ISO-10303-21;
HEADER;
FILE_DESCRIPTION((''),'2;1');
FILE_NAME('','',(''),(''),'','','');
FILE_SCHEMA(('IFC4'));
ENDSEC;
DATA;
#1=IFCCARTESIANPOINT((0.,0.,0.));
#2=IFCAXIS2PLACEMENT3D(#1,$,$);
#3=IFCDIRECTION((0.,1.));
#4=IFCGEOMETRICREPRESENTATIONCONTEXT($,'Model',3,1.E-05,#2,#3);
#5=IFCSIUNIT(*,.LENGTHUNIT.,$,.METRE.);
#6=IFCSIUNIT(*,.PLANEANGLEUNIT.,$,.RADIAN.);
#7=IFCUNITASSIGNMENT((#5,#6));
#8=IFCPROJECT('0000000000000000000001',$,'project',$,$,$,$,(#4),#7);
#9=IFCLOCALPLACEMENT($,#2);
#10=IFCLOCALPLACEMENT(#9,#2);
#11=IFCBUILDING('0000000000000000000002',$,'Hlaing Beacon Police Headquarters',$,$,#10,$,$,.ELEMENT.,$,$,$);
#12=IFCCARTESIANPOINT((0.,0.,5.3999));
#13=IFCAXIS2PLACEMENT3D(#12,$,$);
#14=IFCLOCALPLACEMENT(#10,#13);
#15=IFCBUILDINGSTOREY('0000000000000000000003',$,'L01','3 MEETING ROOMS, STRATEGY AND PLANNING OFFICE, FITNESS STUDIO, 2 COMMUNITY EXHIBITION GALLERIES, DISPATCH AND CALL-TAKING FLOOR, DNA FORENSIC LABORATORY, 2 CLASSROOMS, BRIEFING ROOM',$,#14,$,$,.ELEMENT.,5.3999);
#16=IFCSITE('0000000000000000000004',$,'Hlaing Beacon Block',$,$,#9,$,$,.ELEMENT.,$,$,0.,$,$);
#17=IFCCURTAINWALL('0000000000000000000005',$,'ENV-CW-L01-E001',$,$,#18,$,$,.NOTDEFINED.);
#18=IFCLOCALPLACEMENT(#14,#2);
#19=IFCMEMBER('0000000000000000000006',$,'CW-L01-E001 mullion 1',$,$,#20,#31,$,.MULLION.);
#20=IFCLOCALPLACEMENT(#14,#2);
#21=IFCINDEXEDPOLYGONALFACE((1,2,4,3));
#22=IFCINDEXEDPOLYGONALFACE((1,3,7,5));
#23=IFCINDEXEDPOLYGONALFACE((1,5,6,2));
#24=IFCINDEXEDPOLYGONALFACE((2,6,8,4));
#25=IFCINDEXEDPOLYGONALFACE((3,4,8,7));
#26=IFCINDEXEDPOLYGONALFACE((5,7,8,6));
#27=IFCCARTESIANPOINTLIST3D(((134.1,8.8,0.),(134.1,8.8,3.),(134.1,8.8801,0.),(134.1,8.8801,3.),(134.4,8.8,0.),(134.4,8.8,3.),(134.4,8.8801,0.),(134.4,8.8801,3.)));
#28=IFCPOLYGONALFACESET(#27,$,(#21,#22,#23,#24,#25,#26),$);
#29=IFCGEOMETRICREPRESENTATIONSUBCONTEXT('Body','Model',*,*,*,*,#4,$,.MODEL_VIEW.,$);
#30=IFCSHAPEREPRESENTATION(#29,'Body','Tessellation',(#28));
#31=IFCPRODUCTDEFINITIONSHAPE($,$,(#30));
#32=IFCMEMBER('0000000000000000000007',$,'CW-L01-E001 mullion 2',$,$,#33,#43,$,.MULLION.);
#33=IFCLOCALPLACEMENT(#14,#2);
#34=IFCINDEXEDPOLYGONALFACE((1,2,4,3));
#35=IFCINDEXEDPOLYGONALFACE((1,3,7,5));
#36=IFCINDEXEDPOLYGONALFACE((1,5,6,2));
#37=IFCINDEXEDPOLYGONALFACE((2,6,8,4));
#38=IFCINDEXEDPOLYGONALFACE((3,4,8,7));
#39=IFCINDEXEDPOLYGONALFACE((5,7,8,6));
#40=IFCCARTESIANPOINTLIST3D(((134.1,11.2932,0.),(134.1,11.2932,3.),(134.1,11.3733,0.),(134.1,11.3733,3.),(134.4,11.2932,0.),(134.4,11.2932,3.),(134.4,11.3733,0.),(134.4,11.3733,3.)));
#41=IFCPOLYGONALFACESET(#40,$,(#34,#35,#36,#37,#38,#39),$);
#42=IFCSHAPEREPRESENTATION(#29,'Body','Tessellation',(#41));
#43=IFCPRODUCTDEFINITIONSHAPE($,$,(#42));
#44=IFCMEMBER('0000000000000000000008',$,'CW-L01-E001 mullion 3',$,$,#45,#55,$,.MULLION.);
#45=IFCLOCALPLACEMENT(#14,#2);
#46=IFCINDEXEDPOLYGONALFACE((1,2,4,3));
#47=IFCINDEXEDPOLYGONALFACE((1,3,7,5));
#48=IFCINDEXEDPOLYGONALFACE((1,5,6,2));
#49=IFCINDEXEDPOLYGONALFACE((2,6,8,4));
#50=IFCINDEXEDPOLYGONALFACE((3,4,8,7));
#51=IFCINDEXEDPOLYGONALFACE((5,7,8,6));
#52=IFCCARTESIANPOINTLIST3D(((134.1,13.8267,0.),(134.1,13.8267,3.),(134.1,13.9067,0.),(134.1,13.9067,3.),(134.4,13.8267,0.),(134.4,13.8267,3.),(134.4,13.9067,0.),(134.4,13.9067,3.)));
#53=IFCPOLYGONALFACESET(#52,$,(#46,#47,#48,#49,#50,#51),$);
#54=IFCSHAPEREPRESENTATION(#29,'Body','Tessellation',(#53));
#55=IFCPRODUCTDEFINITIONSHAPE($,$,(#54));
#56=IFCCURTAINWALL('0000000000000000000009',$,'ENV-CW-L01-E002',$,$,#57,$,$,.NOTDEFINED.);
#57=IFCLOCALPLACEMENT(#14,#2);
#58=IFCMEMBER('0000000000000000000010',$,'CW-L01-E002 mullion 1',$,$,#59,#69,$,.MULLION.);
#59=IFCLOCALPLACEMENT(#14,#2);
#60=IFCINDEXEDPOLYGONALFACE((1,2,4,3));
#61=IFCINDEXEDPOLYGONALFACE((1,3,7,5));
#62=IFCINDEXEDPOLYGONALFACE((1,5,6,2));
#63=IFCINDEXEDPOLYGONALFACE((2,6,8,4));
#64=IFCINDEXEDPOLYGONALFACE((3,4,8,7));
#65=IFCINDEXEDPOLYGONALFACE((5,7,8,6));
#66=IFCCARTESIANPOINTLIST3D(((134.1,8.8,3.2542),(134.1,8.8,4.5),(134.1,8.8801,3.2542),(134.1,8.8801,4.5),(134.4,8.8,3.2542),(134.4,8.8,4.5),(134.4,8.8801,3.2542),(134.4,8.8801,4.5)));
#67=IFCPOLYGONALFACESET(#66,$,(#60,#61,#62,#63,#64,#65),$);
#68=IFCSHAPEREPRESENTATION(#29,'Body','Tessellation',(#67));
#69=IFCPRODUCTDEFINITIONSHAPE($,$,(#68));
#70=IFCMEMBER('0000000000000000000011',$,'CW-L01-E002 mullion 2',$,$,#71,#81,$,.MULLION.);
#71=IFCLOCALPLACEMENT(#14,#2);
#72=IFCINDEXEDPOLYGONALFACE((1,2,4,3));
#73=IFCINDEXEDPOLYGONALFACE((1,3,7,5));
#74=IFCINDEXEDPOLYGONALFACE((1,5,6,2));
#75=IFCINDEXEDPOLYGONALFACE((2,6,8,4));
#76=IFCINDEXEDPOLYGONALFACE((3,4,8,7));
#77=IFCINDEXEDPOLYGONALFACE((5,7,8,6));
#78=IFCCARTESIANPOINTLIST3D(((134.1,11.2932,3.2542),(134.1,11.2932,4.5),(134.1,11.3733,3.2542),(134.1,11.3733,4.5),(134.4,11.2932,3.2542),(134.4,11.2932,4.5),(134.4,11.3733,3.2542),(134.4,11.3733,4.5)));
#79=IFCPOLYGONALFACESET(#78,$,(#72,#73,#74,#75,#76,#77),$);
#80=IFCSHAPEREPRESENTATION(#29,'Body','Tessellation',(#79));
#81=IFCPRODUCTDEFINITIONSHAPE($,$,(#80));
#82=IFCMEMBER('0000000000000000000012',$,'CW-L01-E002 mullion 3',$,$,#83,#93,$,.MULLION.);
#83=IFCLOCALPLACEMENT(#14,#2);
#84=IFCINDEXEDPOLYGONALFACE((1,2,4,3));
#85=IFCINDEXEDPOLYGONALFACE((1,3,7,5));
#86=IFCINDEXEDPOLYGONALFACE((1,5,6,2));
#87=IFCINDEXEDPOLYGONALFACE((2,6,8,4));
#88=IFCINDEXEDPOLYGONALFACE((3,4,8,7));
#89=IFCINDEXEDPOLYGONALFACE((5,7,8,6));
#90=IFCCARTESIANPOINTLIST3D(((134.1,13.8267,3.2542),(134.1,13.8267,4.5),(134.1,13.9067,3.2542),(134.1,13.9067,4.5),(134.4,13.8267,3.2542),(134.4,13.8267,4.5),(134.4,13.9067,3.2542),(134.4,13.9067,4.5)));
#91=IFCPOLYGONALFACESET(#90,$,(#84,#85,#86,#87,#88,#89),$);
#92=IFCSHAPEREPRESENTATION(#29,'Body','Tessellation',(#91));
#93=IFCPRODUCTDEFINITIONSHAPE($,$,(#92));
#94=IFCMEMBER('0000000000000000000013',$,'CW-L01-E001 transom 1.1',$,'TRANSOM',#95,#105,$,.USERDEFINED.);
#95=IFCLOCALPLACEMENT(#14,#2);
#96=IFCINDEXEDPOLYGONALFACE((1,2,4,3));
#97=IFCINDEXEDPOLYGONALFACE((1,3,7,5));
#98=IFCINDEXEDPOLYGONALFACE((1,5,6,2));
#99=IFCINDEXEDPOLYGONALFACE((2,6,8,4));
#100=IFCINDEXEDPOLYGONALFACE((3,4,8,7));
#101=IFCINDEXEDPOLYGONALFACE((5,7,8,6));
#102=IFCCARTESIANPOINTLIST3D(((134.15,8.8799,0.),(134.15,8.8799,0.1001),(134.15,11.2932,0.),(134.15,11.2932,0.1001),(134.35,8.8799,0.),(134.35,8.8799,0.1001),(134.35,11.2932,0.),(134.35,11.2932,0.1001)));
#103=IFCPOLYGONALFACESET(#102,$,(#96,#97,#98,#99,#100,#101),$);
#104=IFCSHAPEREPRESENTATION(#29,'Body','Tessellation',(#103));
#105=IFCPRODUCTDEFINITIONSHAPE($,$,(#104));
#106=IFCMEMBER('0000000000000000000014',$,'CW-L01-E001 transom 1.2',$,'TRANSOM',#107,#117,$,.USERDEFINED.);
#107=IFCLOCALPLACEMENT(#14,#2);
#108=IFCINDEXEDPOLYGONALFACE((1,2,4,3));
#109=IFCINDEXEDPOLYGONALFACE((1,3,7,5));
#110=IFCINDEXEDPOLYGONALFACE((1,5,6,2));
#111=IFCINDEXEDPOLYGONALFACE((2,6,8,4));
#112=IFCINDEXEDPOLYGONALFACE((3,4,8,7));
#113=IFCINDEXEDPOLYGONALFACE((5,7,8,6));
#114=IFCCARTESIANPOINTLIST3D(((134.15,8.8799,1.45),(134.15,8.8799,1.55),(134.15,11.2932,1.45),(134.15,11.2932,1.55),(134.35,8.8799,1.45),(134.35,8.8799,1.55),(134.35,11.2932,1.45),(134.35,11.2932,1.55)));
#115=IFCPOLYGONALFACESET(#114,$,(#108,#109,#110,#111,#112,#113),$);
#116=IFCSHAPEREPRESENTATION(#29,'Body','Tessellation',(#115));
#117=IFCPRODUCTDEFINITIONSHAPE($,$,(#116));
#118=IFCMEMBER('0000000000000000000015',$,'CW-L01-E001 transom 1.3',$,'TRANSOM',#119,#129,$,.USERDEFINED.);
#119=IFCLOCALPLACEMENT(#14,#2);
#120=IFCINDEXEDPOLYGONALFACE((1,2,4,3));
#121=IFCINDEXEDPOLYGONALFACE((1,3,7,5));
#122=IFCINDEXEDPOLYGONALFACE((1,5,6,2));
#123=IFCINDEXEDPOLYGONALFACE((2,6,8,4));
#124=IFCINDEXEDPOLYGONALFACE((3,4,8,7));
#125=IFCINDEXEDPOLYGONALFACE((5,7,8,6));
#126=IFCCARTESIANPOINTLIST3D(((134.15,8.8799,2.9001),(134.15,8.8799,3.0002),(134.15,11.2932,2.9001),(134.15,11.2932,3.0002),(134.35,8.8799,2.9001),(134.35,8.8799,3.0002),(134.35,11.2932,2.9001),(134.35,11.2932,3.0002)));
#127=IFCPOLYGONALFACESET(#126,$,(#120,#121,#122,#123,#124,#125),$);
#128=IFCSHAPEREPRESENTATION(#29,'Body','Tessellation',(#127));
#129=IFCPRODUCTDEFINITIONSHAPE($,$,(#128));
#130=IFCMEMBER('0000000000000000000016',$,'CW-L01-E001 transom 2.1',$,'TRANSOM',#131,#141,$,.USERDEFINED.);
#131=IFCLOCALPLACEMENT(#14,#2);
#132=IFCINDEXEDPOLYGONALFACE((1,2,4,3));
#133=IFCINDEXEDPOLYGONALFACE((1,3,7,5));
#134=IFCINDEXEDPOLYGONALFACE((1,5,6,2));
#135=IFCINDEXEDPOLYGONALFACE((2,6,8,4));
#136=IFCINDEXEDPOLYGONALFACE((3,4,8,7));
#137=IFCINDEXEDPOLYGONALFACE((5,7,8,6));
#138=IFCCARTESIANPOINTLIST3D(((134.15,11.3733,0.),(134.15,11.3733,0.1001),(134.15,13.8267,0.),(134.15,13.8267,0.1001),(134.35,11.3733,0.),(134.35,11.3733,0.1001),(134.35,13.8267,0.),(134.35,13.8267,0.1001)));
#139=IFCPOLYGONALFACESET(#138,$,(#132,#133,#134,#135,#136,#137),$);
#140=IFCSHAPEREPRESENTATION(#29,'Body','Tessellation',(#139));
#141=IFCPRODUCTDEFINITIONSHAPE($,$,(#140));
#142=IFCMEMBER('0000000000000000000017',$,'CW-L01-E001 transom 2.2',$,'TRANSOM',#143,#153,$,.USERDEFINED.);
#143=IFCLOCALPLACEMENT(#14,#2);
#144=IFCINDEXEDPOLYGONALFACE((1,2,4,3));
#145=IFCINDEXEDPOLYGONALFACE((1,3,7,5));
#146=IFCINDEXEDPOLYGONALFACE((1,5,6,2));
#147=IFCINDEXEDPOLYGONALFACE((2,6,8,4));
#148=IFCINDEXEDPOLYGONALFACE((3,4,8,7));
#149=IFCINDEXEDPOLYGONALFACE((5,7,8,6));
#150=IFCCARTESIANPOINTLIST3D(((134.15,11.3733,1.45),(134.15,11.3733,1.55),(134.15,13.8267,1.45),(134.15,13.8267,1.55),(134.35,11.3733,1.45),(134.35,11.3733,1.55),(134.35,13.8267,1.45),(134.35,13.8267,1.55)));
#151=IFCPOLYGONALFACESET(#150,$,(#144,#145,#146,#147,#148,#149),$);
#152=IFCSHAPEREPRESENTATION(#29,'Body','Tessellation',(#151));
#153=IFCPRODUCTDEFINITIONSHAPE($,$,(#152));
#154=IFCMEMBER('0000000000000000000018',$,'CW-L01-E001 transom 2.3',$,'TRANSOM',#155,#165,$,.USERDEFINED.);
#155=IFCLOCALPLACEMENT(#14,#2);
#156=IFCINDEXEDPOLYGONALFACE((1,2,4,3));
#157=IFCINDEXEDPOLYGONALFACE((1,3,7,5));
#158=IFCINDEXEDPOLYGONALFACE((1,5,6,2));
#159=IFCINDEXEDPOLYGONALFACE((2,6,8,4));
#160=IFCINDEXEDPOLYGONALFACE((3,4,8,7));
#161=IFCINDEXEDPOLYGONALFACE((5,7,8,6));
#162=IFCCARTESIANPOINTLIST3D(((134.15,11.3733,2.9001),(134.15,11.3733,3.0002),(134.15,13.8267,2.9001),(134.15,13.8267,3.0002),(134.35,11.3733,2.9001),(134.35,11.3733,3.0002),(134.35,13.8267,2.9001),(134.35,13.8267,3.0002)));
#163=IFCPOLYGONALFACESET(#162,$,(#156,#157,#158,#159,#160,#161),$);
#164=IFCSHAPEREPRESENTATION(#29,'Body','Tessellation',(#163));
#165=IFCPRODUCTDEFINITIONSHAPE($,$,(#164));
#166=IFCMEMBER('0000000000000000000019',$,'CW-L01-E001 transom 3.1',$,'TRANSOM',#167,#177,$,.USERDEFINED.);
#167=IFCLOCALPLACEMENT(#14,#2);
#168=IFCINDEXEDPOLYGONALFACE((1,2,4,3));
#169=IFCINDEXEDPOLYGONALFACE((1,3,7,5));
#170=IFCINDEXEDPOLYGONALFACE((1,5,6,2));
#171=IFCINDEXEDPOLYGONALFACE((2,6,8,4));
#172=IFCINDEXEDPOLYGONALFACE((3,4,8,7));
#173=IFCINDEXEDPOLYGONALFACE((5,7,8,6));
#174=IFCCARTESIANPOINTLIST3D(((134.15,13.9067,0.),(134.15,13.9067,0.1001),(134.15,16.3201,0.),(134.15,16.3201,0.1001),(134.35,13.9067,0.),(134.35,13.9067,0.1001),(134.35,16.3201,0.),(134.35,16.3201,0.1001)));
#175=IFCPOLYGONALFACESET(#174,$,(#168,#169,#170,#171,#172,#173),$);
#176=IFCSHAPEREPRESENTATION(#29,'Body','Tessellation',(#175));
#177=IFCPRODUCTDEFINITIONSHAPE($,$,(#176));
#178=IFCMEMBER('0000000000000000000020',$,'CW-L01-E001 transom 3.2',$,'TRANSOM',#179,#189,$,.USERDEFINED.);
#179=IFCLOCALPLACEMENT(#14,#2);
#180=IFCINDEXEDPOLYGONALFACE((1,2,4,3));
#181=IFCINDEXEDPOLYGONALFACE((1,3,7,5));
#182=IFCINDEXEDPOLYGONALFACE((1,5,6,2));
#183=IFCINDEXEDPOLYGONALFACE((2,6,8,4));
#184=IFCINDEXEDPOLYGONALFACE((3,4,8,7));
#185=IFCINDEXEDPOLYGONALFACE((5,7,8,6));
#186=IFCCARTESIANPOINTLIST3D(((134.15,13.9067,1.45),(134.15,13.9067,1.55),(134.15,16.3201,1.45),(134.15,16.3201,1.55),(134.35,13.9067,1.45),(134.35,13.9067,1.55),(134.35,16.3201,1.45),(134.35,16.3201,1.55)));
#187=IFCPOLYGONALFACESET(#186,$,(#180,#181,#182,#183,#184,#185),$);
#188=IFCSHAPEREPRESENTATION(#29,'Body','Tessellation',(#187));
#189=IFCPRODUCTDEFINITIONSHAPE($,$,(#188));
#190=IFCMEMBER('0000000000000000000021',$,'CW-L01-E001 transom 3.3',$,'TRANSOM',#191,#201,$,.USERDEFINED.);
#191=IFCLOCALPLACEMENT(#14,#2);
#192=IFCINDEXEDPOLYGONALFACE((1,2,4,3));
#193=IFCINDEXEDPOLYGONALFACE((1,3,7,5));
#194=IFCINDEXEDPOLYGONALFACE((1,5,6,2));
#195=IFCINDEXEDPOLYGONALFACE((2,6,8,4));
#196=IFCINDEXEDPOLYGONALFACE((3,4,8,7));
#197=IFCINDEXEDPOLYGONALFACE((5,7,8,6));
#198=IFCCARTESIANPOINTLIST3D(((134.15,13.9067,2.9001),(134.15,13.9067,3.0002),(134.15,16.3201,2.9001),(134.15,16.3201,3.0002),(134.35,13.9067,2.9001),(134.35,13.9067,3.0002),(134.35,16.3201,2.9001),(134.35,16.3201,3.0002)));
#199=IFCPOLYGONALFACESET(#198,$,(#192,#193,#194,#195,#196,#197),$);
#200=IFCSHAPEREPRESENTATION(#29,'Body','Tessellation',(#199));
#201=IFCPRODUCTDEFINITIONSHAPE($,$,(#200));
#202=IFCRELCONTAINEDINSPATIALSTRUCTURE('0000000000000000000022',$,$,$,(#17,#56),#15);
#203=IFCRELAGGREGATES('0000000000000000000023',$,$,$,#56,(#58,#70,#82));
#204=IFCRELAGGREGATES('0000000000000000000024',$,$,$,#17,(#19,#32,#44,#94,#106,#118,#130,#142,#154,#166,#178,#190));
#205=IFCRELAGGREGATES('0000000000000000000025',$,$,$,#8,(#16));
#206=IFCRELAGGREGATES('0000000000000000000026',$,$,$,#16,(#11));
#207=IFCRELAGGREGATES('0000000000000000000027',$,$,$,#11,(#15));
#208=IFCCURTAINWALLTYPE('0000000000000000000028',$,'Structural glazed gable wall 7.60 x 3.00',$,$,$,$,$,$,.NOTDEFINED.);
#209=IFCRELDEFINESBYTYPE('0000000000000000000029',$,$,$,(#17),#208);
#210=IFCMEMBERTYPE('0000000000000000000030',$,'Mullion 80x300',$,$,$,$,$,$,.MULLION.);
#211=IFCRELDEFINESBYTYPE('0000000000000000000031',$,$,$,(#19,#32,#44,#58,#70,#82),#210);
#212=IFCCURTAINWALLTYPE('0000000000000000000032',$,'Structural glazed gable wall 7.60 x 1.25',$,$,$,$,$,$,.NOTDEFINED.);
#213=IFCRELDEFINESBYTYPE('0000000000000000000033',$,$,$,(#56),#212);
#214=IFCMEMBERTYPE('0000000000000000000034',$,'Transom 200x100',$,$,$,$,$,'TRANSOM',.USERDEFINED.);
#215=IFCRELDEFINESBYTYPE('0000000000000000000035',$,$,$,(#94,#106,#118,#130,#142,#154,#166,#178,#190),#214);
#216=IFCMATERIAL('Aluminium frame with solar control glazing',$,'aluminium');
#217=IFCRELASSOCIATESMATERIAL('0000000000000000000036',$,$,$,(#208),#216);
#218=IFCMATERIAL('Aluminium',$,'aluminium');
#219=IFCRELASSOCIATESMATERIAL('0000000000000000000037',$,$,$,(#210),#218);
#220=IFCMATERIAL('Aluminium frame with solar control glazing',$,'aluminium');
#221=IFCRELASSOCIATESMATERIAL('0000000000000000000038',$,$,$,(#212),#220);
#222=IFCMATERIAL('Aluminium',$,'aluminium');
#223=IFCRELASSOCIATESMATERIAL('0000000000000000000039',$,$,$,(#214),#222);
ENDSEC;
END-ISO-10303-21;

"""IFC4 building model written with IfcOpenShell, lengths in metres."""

from ifc_helpers import new_model, si_unit, direction, frame, origin, origin_2d, place, context, subcontext, project, spatial, rectangle, extrude, material, material_profile, profile_set, type_object, element, aggregate, save


model = new_model("IFC4")

# Units and contexts
model_context = context("Model", 3, precision=1e-05, world=origin(), true_north=direction((0.0, 1.0)))
body_context = subcontext(model_context, "Body", "Model", "MODEL_VIEW")
ifc_project = project(units=[si_unit("LENGTHUNIT", "METRE"), si_unit("PLANEANGLEUNIT", "RADIAN")], contexts=[model_context])

# Site, building, storey
site_placement = place(None, origin())
site = spatial("IfcSite", under=ifc_project, at=site_placement, Name="Hlaing Beacon Block", CompositionType="ELEMENT", RefElevation=0.0)
building_placement = place(site_placement, origin())
building = spatial("IfcBuilding", under=site, at=building_placement, Name="Hlaing Beacon Police Headquarters", CompositionType="ELEMENT")
storey_placement = place(building_placement, frame((0.0, 0.0, 5.3999)))
storey = spatial("IfcBuildingStorey", under=building, at=storey_placement, Name="L01", Description="3 MEETING ROOMS, STRATEGY AND PLANNING OFFICE, FITNESS STUDIO, 2 COMMUNITY EXHIBITION GALLERIES, DISPATCH AND CALL-TAKING FLOOR, DNA FORENSIC LABORATORY, 2 CLASSROOMS, BRIEFING ROOM", CompositionType="ELEMENT", Elevation=5.3999)

# Curtain walls, members
ifc_material_1 = material(Name="Aluminium frame with solar control glazing", Category="aluminium")
curtain_wall_type_1 = type_object("IfcCurtainWallType", Name="Structural glazed gable wall 7.60 x 3.00", PredefinedType="NOTDEFINED", material=ifc_material_1)
curtain_wall_1_placement = place(storey_placement, origin())
curtain_wall_1 = element("IfcCurtainWall", 1, at=curtain_wall_1_placement, inside=storey, type_object=curtain_wall_type_1, Name="ENV-CW-L01-E001", PredefinedType="NOTDEFINED")
ifc_material_2 = material(Name="Aluminium", Category="aluminium")
ifc_material_profile_1 = material_profile(ifc_material_2, rectangle(XDim=0.3, YDim=0.0801, at=origin_2d()), Name="Mullion 80x300")
ifc_profile_set_1 = profile_set([ifc_material_profile_1], Name="Aluminium")
member_type_1 = type_object("IfcMemberType", Name="Mullion 80x300", PredefinedType="MULLION", material=ifc_profile_set_1)
member_1_placement = place(storey_placement, frame((134.25, 8.8401, 0.0), z_axis=(0.0, 0.0, 1.0), x_axis=(-1.0, 0.0, 0.0)))
member_1 = element("IfcMember", 2, at=member_1_placement, type_object=member_type_1, Name="CW-L01-E001 mullion 1", PredefinedType="MULLION", context=body_context, shape_type="SweptSolid", body=[
    extrude(rectangle(XDim=0.3, YDim=0.0801, at=origin_2d()), origin(), (0.0, 0.0, 1.0), 3.0),
])
member_2_placement = place(storey_placement, frame((134.25, 11.3333, 0.0), z_axis=(0.0, 0.0, 1.0), x_axis=(-1.0, 0.0, 0.0)))
member_2 = element("IfcMember", 3, at=member_2_placement, type_object=member_type_1, Name="CW-L01-E001 mullion 2", PredefinedType="MULLION", context=body_context, shape_type="SweptSolid", body=[
    extrude(rectangle(XDim=0.3, YDim=0.0801, at=origin_2d()), origin(), (0.0, 0.0, 1.0), 3.0),
])
member_3_placement = place(storey_placement, frame((134.25, 13.8667, 0.0), z_axis=(0.0, 0.0, 1.0), x_axis=(-1.0, 0.0, 0.0)))
member_3 = element("IfcMember", 4, at=member_3_placement, type_object=member_type_1, Name="CW-L01-E001 mullion 3", PredefinedType="MULLION", context=body_context, shape_type="SweptSolid", body=[
    extrude(rectangle(XDim=0.3, YDim=0.0801, at=origin_2d()), origin(), (0.0, 0.0, 1.0), 3.0),
])
ifc_material_3 = material(Name="Aluminium frame with solar control glazing", Category="aluminium")
curtain_wall_type_2 = type_object("IfcCurtainWallType", Name="Structural glazed gable wall 7.60 x 1.25", PredefinedType="NOTDEFINED", material=ifc_material_3)
curtain_wall_2_placement = place(storey_placement, origin())
curtain_wall_2 = element("IfcCurtainWall", 5, at=curtain_wall_2_placement, inside=storey, type_object=curtain_wall_type_2, Name="ENV-CW-L01-E002", PredefinedType="NOTDEFINED")
member_4_placement = place(storey_placement, frame((134.25, 8.8401, 3.2542), z_axis=(0.0, 0.0, 1.0), x_axis=(-1.0, 0.0, 0.0)))
member_4 = element("IfcMember", 6, at=member_4_placement, type_object=member_type_1, Name="CW-L01-E002 mullion 1", PredefinedType="MULLION", context=body_context, shape_type="SweptSolid", body=[
    extrude(rectangle(XDim=0.3, YDim=0.0801, at=origin_2d()), origin(), (0.0, 0.0, 1.0), 1.2458),
])
member_5_placement = place(storey_placement, frame((134.25, 11.3333, 3.2542), z_axis=(0.0, 0.0, 1.0), x_axis=(-1.0, 0.0, 0.0)))
member_5 = element("IfcMember", 7, at=member_5_placement, type_object=member_type_1, Name="CW-L01-E002 mullion 2", PredefinedType="MULLION", context=body_context, shape_type="SweptSolid", body=[
    extrude(rectangle(XDim=0.3, YDim=0.0801, at=origin_2d()), origin(), (0.0, 0.0, 1.0), 1.2458),
])
member_6_placement = place(storey_placement, frame((134.25, 13.8667, 3.2542), z_axis=(0.0, 0.0, 1.0), x_axis=(-1.0, 0.0, 0.0)))
member_6 = element("IfcMember", 8, at=member_6_placement, type_object=member_type_1, Name="CW-L01-E002 mullion 3", PredefinedType="MULLION", context=body_context, shape_type="SweptSolid", body=[
    extrude(rectangle(XDim=0.3, YDim=0.0801, at=origin_2d()), origin(), (0.0, 0.0, 1.0), 1.2458),
])

# Members
ifc_material_4 = material(Name="Aluminium", Category="aluminium")
ifc_material_profile_2 = material_profile(ifc_material_4, rectangle(XDim=0.2, YDim=0.1001, at=origin_2d()), Name="Transom 200x100")
ifc_profile_set_2 = profile_set([ifc_material_profile_2], Name="Aluminium")
member_type_2 = type_object("IfcMemberType", Name="Transom 200x100", ElementType="TRANSOM", PredefinedType="USERDEFINED", material=ifc_profile_set_2)
member_7_placement = place(storey_placement, frame((134.25, 8.8799, 0.05), z_axis=(0.0, 1.0, 0.0), x_axis=(-1.0, 0.0, 0.0)))
member_7 = element("IfcMember", 9, at=member_7_placement, type_object=member_type_2, Name="CW-L01-E001 transom 1.1", ObjectType="TRANSOM", PredefinedType="USERDEFINED", context=body_context, shape_type="SweptSolid", body=[
    extrude(rectangle(XDim=0.2, YDim=0.1001, at=origin_2d()), origin(), (0.0, 0.0, 1.0), 2.4133),
])
member_8_placement = place(storey_placement, frame((134.25, 8.8799, 1.5), z_axis=(0.0, 1.0, 0.0), x_axis=(-1.0, 0.0, 0.0)))
member_8 = element("IfcMember", 10, at=member_8_placement, type_object=member_type_2, Name="CW-L01-E001 transom 1.2", ObjectType="TRANSOM", PredefinedType="USERDEFINED", context=body_context, shape_type="SweptSolid", body=[
    extrude(rectangle(XDim=0.2, YDim=0.1001, at=origin_2d()), origin(), (0.0, 0.0, 1.0), 2.4133),
])
member_9_placement = place(storey_placement, frame((134.25, 8.8799, 2.9502), z_axis=(0.0, 1.0, 0.0), x_axis=(-1.0, 0.0, 0.0)))
member_9 = element("IfcMember", 11, at=member_9_placement, type_object=member_type_2, Name="CW-L01-E001 transom 1.3", ObjectType="TRANSOM", PredefinedType="USERDEFINED", context=body_context, shape_type="SweptSolid", body=[
    extrude(rectangle(XDim=0.2, YDim=0.1001, at=origin_2d()), origin(), (0.0, 0.0, 1.0), 2.4133),
])
member_10_placement = place(storey_placement, frame((134.25, 11.3733, 0.05), z_axis=(0.0, 1.0, 0.0), x_axis=(-1.0, 0.0, 0.0)))
member_10 = element("IfcMember", 12, at=member_10_placement, type_object=member_type_2, Name="CW-L01-E001 transom 2.1", ObjectType="TRANSOM", PredefinedType="USERDEFINED", context=body_context, shape_type="SweptSolid", body=[
    extrude(rectangle(XDim=0.2, YDim=0.1001, at=origin_2d()), origin(), (0.0, 0.0, 1.0), 2.4534),
])
member_11_placement = place(storey_placement, frame((134.25, 11.3733, 1.5), z_axis=(0.0, 1.0, 0.0), x_axis=(-1.0, 0.0, 0.0)))
member_11 = element("IfcMember", 13, at=member_11_placement, type_object=member_type_2, Name="CW-L01-E001 transom 2.2", ObjectType="TRANSOM", PredefinedType="USERDEFINED", context=body_context, shape_type="SweptSolid", body=[
    extrude(rectangle(XDim=0.2, YDim=0.1001, at=origin_2d()), origin(), (0.0, 0.0, 1.0), 2.4534),
])
member_12_placement = place(storey_placement, frame((134.25, 11.3733, 2.9502), z_axis=(0.0, 1.0, 0.0), x_axis=(-1.0, 0.0, 0.0)))
member_12 = element("IfcMember", 14, at=member_12_placement, type_object=member_type_2, Name="CW-L01-E001 transom 2.3", ObjectType="TRANSOM", PredefinedType="USERDEFINED", context=body_context, shape_type="SweptSolid", body=[
    extrude(rectangle(XDim=0.2, YDim=0.1001, at=origin_2d()), origin(), (0.0, 0.0, 1.0), 2.4534),
])
member_13_placement = place(storey_placement, frame((134.25, 13.9067, 0.05), z_axis=(0.0, 1.0, 0.0), x_axis=(-1.0, 0.0, 0.0)))
member_13 = element("IfcMember", 15, at=member_13_placement, type_object=member_type_2, Name="CW-L01-E001 transom 3.1", ObjectType="TRANSOM", PredefinedType="USERDEFINED", context=body_context, shape_type="SweptSolid", body=[
    extrude(rectangle(XDim=0.2, YDim=0.1001, at=origin_2d()), origin(), (0.0, 0.0, 1.0), 2.4133),
])
member_14_placement = place(storey_placement, frame((134.25, 13.9067, 1.5), z_axis=(0.0, 1.0, 0.0), x_axis=(-1.0, 0.0, 0.0)))
member_14 = element("IfcMember", 16, at=member_14_placement, type_object=member_type_2, Name="CW-L01-E001 transom 3.2", ObjectType="TRANSOM", PredefinedType="USERDEFINED", context=body_context, shape_type="SweptSolid", body=[
    extrude(rectangle(XDim=0.2, YDim=0.1001, at=origin_2d()), origin(), (0.0, 0.0, 1.0), 2.4133),
])
member_15_placement = place(storey_placement, frame((134.25, 13.9067, 2.9502), z_axis=(0.0, 1.0, 0.0), x_axis=(-1.0, 0.0, 0.0)))
member_15 = element("IfcMember", 17, at=member_15_placement, type_object=member_type_2, Name="CW-L01-E001 transom 3.3", ObjectType="TRANSOM", PredefinedType="USERDEFINED", context=body_context, shape_type="SweptSolid", body=[
    extrude(rectangle(XDim=0.2, YDim=0.1001, at=origin_2d()), origin(), (0.0, 0.0, 1.0), 2.4133),
])

aggregate(curtain_wall_2, [member_4, member_5, member_6])
aggregate(curtain_wall_1, [member_1, member_2, member_3, member_7, member_8, member_9, member_10, member_11, member_12, member_13, member_14, member_15])

save(model, "model.ifc")
